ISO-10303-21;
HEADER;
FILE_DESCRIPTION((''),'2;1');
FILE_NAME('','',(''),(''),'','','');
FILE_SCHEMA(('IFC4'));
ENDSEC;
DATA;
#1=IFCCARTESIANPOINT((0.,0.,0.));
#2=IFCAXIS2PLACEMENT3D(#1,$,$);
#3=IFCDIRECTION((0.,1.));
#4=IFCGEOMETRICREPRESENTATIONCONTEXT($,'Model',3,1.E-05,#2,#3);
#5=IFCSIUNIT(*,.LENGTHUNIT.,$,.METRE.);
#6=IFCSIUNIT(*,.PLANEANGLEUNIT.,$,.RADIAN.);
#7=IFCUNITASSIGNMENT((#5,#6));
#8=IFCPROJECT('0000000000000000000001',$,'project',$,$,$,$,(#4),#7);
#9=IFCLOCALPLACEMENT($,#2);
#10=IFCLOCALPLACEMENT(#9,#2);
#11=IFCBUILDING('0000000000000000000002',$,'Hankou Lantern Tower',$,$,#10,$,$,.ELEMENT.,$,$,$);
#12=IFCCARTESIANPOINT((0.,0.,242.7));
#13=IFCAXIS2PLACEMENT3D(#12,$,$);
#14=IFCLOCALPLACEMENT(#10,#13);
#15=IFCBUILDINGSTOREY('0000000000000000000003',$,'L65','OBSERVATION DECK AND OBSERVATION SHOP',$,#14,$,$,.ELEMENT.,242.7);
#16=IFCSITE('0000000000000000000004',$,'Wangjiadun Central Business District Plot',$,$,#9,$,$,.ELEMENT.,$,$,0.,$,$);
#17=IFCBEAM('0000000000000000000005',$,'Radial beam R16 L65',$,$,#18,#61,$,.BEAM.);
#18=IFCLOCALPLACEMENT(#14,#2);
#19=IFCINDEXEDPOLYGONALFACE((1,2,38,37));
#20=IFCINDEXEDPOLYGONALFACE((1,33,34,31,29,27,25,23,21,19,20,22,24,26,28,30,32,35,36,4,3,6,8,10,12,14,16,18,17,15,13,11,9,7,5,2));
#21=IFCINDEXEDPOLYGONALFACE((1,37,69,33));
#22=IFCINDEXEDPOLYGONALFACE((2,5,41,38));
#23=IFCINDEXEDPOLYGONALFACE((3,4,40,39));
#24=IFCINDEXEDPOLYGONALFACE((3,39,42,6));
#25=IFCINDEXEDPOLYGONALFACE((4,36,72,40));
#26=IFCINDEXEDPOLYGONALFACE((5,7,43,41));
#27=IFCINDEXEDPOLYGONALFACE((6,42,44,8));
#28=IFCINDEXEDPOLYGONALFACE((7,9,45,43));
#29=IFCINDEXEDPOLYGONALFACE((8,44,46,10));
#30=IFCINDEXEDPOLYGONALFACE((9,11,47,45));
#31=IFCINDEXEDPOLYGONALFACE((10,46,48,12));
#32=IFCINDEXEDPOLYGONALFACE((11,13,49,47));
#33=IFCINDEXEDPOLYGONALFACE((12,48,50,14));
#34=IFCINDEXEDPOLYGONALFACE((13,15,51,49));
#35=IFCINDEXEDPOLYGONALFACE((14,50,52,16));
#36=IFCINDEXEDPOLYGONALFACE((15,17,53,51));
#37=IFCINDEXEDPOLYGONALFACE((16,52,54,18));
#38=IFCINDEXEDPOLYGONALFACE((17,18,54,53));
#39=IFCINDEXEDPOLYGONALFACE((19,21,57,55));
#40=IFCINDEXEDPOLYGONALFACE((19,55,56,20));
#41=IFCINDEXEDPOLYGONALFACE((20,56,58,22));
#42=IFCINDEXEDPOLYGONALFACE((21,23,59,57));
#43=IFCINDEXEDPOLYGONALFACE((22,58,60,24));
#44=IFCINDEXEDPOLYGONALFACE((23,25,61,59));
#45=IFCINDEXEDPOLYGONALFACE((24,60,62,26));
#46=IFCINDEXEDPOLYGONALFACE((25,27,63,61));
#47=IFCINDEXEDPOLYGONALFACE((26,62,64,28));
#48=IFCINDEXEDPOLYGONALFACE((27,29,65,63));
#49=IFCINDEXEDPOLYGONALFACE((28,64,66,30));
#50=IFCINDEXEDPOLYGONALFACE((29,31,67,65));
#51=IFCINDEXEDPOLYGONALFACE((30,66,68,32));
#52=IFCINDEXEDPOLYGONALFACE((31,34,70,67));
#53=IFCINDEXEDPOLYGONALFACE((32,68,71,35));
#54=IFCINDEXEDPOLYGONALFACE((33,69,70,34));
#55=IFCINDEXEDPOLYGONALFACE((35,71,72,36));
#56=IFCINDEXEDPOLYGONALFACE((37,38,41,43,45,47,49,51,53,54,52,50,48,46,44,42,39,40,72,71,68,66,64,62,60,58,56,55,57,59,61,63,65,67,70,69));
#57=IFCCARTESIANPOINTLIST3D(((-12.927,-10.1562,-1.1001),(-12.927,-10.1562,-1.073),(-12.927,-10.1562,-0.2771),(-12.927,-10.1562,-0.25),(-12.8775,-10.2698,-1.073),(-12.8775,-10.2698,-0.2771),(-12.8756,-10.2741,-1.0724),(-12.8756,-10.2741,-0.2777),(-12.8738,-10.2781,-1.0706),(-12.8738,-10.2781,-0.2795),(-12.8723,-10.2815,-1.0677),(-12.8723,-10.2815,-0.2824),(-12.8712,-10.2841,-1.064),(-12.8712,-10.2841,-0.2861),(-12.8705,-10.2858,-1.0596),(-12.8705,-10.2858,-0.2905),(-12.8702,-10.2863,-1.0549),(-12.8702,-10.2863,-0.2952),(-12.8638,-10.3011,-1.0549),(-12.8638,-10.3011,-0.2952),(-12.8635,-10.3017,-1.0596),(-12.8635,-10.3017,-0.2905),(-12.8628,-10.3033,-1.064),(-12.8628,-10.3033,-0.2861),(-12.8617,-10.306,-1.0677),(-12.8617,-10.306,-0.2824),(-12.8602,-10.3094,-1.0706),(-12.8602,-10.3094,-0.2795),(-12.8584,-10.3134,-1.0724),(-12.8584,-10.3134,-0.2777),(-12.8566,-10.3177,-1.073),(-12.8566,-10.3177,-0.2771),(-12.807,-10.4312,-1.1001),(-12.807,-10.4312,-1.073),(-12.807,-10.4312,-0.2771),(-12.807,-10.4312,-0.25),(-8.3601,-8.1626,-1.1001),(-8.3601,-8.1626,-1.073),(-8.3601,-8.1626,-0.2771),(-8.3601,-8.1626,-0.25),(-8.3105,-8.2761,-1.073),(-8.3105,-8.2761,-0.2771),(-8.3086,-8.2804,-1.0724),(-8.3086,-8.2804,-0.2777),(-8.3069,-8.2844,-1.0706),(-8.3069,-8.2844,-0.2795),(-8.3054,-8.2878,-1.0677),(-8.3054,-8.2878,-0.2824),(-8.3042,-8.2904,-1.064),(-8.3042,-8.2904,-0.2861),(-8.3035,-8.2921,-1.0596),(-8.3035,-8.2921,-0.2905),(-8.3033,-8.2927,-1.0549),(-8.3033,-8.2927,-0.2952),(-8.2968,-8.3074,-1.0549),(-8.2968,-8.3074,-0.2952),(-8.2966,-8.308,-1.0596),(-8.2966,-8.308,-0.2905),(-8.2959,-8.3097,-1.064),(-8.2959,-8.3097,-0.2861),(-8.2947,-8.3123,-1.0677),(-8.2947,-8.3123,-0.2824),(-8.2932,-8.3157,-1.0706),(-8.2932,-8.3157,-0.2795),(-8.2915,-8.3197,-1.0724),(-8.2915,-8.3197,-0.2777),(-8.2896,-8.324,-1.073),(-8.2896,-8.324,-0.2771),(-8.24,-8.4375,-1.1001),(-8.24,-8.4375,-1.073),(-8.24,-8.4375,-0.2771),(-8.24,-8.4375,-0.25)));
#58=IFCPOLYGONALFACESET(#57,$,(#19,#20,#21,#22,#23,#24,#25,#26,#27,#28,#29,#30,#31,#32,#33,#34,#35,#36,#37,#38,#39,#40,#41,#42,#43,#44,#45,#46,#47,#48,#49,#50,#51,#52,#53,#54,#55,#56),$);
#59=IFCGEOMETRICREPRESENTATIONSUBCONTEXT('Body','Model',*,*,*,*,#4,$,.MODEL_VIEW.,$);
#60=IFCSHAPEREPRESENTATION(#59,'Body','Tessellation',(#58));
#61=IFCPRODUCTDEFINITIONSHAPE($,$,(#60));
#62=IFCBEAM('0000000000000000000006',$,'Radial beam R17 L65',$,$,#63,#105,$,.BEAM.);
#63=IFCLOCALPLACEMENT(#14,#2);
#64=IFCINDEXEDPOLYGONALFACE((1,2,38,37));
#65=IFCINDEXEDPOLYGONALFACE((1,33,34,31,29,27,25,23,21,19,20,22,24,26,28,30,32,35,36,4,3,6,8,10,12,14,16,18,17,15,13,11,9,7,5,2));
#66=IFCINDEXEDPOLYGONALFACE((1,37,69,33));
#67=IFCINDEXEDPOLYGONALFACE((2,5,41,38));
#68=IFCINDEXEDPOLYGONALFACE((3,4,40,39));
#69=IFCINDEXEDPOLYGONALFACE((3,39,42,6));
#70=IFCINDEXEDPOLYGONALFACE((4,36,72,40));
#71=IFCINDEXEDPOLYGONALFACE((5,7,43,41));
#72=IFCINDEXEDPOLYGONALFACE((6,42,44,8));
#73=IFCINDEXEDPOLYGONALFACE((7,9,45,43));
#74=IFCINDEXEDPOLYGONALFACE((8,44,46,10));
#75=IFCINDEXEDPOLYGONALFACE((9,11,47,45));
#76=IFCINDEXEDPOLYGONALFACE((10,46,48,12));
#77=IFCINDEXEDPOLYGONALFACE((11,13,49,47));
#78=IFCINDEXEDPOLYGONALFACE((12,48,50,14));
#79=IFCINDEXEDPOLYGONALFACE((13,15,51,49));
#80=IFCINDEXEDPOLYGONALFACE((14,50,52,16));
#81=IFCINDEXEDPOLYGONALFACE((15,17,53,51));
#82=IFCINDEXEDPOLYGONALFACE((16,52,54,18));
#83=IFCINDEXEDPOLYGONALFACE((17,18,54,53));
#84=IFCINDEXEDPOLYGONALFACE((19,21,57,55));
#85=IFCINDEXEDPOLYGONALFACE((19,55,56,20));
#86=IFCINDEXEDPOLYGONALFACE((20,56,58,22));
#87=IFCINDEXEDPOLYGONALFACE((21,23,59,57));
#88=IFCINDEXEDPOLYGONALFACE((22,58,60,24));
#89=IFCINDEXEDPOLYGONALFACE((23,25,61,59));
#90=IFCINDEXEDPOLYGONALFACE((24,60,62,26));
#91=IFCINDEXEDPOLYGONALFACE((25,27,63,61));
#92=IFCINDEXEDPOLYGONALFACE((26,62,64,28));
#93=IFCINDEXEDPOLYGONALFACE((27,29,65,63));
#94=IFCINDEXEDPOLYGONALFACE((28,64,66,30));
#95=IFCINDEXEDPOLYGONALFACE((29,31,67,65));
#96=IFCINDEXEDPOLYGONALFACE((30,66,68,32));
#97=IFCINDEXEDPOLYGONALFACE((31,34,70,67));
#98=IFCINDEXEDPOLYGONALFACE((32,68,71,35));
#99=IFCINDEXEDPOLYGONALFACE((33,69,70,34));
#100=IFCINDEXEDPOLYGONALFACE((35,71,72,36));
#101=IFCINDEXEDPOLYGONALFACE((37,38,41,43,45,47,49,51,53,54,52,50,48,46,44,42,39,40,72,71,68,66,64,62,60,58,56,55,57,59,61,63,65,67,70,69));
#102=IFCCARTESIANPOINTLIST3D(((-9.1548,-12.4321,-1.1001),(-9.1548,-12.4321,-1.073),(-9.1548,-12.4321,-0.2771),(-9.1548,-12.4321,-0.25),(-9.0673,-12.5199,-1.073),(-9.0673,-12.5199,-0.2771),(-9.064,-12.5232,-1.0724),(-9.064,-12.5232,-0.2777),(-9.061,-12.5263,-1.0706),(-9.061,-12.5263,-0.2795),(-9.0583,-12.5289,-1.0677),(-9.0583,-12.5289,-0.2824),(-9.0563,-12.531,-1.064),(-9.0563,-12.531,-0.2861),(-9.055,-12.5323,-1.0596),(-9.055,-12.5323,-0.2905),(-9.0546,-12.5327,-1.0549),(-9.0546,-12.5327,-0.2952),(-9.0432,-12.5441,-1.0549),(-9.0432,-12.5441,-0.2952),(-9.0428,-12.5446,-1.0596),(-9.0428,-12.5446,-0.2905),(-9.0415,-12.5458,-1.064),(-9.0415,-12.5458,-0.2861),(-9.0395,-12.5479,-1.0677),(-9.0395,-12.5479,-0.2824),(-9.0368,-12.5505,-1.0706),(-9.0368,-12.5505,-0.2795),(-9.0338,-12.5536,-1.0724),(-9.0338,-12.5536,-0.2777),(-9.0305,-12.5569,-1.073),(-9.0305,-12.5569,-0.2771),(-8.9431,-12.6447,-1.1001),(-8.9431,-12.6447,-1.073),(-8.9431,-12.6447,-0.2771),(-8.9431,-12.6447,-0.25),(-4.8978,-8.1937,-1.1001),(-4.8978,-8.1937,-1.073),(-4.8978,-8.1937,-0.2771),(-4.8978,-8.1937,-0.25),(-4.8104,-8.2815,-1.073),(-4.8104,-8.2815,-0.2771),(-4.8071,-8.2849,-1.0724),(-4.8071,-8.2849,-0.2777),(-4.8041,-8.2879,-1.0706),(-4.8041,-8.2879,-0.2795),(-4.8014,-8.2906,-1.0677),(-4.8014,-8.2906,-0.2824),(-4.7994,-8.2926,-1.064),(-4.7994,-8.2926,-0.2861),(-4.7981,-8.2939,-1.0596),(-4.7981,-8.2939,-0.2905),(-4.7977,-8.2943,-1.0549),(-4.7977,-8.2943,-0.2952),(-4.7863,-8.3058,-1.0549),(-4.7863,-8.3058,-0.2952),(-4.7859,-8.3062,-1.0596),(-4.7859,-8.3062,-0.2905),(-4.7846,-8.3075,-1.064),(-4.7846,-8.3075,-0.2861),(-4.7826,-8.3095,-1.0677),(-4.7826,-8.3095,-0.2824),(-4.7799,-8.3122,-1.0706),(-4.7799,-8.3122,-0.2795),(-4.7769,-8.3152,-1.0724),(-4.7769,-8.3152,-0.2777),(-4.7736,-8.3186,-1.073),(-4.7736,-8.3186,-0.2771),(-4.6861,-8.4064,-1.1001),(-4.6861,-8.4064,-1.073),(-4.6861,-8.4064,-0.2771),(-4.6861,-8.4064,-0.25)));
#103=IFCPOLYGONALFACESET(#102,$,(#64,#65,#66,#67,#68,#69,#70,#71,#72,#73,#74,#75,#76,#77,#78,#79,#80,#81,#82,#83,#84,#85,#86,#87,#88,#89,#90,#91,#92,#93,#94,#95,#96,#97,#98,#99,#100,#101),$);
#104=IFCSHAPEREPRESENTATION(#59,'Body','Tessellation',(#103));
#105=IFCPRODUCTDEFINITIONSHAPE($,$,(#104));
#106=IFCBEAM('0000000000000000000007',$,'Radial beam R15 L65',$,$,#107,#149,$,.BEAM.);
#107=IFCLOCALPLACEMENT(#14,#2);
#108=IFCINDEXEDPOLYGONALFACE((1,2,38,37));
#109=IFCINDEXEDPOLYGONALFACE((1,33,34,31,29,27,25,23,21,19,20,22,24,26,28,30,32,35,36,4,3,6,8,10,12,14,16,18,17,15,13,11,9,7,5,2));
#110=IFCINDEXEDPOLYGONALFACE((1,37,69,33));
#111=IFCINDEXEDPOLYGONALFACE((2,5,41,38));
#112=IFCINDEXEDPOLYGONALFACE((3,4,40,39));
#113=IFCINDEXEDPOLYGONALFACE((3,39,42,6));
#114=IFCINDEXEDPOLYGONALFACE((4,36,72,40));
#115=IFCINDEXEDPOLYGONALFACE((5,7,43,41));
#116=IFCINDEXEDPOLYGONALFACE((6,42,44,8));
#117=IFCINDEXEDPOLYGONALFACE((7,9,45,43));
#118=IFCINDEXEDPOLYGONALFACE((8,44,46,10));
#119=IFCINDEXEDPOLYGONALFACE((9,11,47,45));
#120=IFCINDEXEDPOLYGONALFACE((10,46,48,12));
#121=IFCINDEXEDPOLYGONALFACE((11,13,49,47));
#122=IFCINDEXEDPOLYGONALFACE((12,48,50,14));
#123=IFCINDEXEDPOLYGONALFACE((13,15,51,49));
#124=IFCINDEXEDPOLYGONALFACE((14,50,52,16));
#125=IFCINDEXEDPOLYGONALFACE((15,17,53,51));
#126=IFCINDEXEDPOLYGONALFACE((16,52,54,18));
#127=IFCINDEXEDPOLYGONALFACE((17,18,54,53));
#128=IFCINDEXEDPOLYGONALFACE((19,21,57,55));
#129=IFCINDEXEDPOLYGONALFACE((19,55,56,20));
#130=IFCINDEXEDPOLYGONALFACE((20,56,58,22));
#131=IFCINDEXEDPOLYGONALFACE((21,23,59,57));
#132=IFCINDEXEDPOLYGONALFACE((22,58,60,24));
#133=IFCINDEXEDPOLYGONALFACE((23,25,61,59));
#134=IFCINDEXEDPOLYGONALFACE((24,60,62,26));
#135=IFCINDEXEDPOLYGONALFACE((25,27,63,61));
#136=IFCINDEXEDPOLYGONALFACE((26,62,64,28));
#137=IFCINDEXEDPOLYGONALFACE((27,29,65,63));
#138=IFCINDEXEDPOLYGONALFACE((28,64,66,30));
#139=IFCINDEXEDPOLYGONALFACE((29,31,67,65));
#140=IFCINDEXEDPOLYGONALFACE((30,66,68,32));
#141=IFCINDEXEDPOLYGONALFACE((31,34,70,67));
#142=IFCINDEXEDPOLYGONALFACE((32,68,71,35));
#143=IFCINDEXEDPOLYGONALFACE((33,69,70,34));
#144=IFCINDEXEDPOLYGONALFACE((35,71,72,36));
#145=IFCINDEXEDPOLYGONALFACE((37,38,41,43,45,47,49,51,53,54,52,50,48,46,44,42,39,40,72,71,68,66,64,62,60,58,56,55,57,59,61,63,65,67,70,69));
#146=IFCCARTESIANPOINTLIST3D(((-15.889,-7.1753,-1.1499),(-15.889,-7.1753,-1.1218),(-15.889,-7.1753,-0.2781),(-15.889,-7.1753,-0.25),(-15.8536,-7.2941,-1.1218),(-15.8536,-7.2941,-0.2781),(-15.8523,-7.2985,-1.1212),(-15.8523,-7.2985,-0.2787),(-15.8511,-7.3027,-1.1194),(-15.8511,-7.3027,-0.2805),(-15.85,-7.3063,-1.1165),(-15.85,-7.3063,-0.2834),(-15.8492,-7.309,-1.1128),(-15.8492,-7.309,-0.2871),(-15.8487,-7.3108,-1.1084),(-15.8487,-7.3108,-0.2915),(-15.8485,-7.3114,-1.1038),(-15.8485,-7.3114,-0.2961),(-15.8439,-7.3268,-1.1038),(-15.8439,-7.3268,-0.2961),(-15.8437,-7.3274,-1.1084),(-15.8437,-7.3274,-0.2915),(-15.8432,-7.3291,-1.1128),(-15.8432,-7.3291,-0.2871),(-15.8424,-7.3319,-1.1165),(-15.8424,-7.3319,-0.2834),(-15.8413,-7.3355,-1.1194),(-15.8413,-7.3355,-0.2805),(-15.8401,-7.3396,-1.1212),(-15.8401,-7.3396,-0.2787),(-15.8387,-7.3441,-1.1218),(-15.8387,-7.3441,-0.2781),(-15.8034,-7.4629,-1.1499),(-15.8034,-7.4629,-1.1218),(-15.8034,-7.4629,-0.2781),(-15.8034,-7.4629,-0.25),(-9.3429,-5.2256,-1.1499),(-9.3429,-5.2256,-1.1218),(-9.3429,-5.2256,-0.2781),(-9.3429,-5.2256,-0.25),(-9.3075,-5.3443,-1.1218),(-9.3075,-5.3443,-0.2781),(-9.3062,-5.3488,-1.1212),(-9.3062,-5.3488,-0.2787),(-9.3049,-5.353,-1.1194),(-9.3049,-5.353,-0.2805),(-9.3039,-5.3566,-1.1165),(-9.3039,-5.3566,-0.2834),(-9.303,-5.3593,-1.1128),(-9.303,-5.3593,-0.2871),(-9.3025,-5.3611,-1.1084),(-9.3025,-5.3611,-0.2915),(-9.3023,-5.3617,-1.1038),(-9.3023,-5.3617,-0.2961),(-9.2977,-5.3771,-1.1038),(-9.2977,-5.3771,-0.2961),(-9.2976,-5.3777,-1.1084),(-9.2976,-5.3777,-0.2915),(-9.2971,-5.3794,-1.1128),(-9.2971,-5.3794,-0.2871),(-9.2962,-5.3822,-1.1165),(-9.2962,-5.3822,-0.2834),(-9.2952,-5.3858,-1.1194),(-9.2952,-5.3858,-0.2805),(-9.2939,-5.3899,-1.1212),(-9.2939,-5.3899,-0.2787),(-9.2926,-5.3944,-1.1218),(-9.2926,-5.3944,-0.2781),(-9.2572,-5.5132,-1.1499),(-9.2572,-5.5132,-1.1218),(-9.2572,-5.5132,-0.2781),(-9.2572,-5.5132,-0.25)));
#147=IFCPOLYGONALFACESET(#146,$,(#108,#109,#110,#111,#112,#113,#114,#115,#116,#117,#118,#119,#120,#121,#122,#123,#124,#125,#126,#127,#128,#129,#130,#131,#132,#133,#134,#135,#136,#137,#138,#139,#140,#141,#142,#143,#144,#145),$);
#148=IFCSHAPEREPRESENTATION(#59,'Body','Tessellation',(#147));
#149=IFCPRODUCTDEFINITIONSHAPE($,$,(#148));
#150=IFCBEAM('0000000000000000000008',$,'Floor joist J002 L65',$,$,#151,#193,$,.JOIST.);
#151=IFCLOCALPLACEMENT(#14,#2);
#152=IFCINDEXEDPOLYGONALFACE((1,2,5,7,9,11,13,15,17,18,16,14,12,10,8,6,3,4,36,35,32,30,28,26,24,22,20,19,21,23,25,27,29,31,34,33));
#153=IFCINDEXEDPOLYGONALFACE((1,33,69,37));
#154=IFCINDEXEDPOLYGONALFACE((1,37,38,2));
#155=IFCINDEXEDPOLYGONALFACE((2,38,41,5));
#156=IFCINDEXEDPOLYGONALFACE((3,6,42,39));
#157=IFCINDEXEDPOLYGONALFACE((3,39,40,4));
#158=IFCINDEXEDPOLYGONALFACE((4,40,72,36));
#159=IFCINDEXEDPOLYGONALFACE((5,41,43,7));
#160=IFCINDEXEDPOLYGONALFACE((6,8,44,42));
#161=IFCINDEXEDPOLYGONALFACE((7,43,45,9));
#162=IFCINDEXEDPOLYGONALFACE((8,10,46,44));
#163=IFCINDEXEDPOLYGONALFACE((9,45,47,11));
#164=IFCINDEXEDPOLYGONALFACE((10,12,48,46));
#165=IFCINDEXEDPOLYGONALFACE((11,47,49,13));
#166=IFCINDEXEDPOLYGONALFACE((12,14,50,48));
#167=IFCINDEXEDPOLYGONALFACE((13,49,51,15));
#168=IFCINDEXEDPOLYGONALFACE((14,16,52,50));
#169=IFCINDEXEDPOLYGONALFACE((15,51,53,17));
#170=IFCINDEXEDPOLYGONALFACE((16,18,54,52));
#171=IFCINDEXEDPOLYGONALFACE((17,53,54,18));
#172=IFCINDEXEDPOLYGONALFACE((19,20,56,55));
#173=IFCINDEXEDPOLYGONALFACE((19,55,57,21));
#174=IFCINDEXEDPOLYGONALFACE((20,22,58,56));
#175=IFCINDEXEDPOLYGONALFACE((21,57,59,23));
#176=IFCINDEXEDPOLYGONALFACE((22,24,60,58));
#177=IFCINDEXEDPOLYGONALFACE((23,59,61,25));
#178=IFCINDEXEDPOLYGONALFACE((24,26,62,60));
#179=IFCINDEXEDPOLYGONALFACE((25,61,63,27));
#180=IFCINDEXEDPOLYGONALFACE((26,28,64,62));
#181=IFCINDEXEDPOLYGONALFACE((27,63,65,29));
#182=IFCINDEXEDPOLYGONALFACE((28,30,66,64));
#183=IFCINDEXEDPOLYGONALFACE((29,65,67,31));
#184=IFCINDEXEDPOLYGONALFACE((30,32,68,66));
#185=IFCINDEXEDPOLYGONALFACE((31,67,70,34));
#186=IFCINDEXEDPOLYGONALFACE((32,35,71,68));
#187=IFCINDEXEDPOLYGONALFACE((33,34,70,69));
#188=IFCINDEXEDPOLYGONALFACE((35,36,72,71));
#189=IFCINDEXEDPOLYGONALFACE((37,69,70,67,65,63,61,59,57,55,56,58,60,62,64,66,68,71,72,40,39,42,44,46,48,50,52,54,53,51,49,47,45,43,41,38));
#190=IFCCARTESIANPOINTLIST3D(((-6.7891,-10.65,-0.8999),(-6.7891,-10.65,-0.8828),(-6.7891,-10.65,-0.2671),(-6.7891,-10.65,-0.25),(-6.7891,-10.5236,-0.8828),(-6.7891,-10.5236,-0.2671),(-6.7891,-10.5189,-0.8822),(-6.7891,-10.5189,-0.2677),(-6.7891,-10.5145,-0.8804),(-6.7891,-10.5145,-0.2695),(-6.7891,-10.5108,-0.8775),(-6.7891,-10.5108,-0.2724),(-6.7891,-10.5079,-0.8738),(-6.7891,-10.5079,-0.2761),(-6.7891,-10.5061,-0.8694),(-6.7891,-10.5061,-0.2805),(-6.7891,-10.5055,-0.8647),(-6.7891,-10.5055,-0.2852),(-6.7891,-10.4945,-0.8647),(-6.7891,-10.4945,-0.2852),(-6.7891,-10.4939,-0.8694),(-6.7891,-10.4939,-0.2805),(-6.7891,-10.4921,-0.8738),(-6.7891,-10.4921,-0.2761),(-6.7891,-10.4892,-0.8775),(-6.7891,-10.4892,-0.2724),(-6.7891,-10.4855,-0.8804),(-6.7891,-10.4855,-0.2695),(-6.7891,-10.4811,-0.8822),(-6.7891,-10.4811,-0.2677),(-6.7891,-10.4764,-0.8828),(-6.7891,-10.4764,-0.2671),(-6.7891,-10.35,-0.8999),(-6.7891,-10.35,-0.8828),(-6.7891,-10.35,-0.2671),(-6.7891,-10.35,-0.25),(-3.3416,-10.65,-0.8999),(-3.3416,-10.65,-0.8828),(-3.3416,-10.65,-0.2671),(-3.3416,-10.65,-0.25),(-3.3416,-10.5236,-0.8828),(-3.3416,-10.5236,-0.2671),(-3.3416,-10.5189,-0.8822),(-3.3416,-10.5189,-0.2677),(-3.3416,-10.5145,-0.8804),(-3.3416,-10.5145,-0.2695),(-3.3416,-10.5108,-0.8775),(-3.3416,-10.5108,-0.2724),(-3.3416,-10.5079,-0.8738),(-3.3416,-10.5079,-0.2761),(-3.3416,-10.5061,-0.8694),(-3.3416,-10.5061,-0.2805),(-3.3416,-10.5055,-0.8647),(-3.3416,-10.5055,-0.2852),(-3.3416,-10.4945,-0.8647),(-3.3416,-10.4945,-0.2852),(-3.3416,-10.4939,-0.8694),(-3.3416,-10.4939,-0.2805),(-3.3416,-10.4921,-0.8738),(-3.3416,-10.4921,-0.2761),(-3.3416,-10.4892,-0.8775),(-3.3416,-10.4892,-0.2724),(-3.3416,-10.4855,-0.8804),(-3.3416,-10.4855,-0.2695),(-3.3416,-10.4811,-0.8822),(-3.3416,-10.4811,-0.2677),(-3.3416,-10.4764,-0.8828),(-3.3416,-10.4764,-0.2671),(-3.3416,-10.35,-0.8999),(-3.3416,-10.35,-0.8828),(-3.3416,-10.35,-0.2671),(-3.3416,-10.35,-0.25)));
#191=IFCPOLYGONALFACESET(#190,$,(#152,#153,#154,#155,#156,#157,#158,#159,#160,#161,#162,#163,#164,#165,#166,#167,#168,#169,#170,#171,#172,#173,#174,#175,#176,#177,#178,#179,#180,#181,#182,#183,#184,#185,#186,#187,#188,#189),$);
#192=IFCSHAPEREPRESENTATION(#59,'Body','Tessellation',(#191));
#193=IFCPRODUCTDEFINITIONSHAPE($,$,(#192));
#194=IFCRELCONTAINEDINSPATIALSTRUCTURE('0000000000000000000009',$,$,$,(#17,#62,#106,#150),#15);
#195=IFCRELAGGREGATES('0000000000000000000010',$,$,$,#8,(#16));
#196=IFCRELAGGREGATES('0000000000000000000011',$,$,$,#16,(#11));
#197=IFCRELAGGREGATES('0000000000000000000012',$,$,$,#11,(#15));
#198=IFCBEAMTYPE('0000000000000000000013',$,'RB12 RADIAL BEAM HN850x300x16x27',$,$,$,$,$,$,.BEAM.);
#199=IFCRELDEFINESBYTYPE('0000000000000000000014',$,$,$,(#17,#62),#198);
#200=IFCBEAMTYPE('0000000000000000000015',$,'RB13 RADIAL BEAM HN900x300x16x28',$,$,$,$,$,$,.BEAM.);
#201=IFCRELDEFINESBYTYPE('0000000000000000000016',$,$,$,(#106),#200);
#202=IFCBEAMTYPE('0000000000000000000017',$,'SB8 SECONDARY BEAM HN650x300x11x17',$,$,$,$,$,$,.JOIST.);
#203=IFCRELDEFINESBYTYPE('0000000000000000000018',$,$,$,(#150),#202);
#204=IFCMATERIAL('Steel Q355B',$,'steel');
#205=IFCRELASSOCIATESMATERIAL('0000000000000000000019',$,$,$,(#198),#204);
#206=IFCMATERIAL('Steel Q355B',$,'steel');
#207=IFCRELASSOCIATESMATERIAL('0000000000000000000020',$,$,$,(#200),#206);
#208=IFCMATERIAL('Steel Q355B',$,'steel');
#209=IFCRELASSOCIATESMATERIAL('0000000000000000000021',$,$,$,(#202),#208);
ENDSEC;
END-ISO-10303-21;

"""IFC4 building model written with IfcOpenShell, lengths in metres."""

from ifc_helpers import new_model, si_unit, direction, frame, origin, origin_2d, place, context, subcontext, project, spatial, i_section, extrude, material, material_profile, profile_set, type_object, element, save


model = new_model("IFC4")

# Units and contexts
model_context = context("Model", 3, precision=1e-05, world=origin(), true_north=direction((0.0, 1.0)))
body_context = subcontext(model_context, "Body", "Model", "MODEL_VIEW")
ifc_project = project(units=[si_unit("LENGTHUNIT", "METRE"), si_unit("PLANEANGLEUNIT", "RADIAN")], contexts=[model_context])

# Site, building, storey
site_placement = place(None, origin())
site = spatial("IfcSite", under=ifc_project, at=site_placement, Name="Wangjiadun Central Business District Plot", CompositionType="ELEMENT", RefElevation=0.0)
building_placement = place(site_placement, origin())
building = spatial("IfcBuilding", under=site, at=building_placement, Name="Hankou Lantern Tower", CompositionType="ELEMENT")
storey_placement = place(building_placement, frame((0.0, 0.0, 242.7)))
storey = spatial("IfcBuildingStorey", under=building, at=storey_placement, Name="L65", Description="OBSERVATION DECK AND OBSERVATION SHOP", CompositionType="ELEMENT", Elevation=242.7)

# Beams
ifc_material_1 = material(Name="Steel Q355B", Category="steel")
ifc_material_profile_1 = material_profile(ifc_material_1, i_section(OverallWidth=0.3, OverallDepth=0.8501, WebThickness=0.0161, FlangeThickness=0.0271, FilletRadius=0.0181, at=origin_2d()), Name="HN850x300x16x27")
ifc_profile_set_1 = profile_set([ifc_material_profile_1], Name="Steel Q355B")
beam_type_1 = type_object("IfcBeamType", Name="RB12 RADIAL BEAM HN850x300x16x27", PredefinedType="BEAM", material=ifc_profile_set_1)
beam_1_placement = place(storey_placement, frame((-8.3, -8.3, -0.675), z_axis=(-0.916479, -0.400084, 0.0), x_axis=(0.400084, -0.916479, 0.0)))
element("IfcBeam", 1, at=beam_1_placement, inside=storey, type_object=beam_type_1, Name="Radial beam R16 L65", PredefinedType="BEAM", context=body_context, shape_type="SweptSolid", body=[
    extrude(i_section(OverallWidth=0.3, OverallDepth=0.8501, WebThickness=0.0161, FlangeThickness=0.0271, FilletRadius=0.0181, at=origin_2d()), origin(), (0.0, 0.0, 1.0), 4.9832),
])
beam_2_placement = place(storey_placement, frame((-4.792, -8.3, -0.675), z_axis=(-0.70865, -0.705561, 0.0), x_axis=(0.705561, -0.70865, 0.0)))
element("IfcBeam", 2, at=beam_2_placement, inside=storey, type_object=beam_type_1, Name="Radial beam R17 L65", PredefinedType="BEAM", context=body_context, shape_type="SweptSolid", body=[
    extrude(i_section(OverallWidth=0.3, OverallDepth=0.8501, WebThickness=0.0161, FlangeThickness=0.0271, FilletRadius=0.0181, at=origin_2d()), origin(), (0.0, 0.0, 1.0), 6.0071),
])
ifc_material_2 = material(Name="Steel Q355B", Category="steel")
ifc_material_profile_2 = material_profile(ifc_material_2, i_section(OverallWidth=0.3, OverallDepth=0.8999, WebThickness=0.0161, FlangeThickness=0.0281, FilletRadius=0.0181, at=origin_2d()), Name="HN900x300x16x28")
ifc_profile_set_2 = profile_set([ifc_material_profile_2], Name="Steel Q355B")
beam_type_2 = type_object("IfcBeamType", Name="RB13 RADIAL BEAM HN900x300x16x28", PredefinedType="BEAM", material=ifc_profile_set_2)
beam_3_placement = place(storey_placement, frame((-9.3, -5.3694, -0.7), z_axis=(-0.958394, -0.285449, 0.0), x_axis=(0.285449, -0.958394, 0.0)))
element("IfcBeam", 3, at=beam_3_placement, inside=storey, type_object=beam_type_2, Name="Radial beam R15 L65", PredefinedType="BEAM", context=body_context, shape_type="SweptSolid", body=[
    extrude(i_section(OverallWidth=0.3, OverallDepth=0.8999, WebThickness=0.0161, FlangeThickness=0.0281, FilletRadius=0.0181, at=origin_2d()), origin(), (0.0, 0.0, 1.0), 6.8303),
])
ifc_material_3 = material(Name="Steel Q355B", Category="steel")
ifc_material_profile_3 = material_profile(ifc_material_3, i_section(OverallWidth=0.3, OverallDepth=0.6499, WebThickness=0.011, FlangeThickness=0.0171, FilletRadius=0.0181, at=origin_2d()), Name="HN650x300x11x17")
ifc_profile_set_3 = profile_set([ifc_material_profile_3], Name="Steel Q355B")
beam_type_3 = type_object("IfcBeamType", Name="SB8 SECONDARY BEAM HN650x300x11x17", PredefinedType="JOIST", material=ifc_profile_set_3)
beam_4_placement = place(storey_placement, frame((-6.7891, -10.5, -0.575), z_axis=(1.0, 0.0, 0.0), x_axis=(0.0, 1.0, 0.0)))
element("IfcBeam", 4, at=beam_4_placement, inside=storey, type_object=beam_type_3, Name="Floor joist J002 L65", PredefinedType="JOIST", context=body_context, shape_type="SweptSolid", body=[
    extrude(i_section(OverallWidth=0.3, OverallDepth=0.6499, WebThickness=0.011, FlangeThickness=0.0171, FilletRadius=0.0181, at=origin_2d()), origin(), (0.0, 0.0, 1.0), 3.4475),
])

save(model, "model.ifc")
